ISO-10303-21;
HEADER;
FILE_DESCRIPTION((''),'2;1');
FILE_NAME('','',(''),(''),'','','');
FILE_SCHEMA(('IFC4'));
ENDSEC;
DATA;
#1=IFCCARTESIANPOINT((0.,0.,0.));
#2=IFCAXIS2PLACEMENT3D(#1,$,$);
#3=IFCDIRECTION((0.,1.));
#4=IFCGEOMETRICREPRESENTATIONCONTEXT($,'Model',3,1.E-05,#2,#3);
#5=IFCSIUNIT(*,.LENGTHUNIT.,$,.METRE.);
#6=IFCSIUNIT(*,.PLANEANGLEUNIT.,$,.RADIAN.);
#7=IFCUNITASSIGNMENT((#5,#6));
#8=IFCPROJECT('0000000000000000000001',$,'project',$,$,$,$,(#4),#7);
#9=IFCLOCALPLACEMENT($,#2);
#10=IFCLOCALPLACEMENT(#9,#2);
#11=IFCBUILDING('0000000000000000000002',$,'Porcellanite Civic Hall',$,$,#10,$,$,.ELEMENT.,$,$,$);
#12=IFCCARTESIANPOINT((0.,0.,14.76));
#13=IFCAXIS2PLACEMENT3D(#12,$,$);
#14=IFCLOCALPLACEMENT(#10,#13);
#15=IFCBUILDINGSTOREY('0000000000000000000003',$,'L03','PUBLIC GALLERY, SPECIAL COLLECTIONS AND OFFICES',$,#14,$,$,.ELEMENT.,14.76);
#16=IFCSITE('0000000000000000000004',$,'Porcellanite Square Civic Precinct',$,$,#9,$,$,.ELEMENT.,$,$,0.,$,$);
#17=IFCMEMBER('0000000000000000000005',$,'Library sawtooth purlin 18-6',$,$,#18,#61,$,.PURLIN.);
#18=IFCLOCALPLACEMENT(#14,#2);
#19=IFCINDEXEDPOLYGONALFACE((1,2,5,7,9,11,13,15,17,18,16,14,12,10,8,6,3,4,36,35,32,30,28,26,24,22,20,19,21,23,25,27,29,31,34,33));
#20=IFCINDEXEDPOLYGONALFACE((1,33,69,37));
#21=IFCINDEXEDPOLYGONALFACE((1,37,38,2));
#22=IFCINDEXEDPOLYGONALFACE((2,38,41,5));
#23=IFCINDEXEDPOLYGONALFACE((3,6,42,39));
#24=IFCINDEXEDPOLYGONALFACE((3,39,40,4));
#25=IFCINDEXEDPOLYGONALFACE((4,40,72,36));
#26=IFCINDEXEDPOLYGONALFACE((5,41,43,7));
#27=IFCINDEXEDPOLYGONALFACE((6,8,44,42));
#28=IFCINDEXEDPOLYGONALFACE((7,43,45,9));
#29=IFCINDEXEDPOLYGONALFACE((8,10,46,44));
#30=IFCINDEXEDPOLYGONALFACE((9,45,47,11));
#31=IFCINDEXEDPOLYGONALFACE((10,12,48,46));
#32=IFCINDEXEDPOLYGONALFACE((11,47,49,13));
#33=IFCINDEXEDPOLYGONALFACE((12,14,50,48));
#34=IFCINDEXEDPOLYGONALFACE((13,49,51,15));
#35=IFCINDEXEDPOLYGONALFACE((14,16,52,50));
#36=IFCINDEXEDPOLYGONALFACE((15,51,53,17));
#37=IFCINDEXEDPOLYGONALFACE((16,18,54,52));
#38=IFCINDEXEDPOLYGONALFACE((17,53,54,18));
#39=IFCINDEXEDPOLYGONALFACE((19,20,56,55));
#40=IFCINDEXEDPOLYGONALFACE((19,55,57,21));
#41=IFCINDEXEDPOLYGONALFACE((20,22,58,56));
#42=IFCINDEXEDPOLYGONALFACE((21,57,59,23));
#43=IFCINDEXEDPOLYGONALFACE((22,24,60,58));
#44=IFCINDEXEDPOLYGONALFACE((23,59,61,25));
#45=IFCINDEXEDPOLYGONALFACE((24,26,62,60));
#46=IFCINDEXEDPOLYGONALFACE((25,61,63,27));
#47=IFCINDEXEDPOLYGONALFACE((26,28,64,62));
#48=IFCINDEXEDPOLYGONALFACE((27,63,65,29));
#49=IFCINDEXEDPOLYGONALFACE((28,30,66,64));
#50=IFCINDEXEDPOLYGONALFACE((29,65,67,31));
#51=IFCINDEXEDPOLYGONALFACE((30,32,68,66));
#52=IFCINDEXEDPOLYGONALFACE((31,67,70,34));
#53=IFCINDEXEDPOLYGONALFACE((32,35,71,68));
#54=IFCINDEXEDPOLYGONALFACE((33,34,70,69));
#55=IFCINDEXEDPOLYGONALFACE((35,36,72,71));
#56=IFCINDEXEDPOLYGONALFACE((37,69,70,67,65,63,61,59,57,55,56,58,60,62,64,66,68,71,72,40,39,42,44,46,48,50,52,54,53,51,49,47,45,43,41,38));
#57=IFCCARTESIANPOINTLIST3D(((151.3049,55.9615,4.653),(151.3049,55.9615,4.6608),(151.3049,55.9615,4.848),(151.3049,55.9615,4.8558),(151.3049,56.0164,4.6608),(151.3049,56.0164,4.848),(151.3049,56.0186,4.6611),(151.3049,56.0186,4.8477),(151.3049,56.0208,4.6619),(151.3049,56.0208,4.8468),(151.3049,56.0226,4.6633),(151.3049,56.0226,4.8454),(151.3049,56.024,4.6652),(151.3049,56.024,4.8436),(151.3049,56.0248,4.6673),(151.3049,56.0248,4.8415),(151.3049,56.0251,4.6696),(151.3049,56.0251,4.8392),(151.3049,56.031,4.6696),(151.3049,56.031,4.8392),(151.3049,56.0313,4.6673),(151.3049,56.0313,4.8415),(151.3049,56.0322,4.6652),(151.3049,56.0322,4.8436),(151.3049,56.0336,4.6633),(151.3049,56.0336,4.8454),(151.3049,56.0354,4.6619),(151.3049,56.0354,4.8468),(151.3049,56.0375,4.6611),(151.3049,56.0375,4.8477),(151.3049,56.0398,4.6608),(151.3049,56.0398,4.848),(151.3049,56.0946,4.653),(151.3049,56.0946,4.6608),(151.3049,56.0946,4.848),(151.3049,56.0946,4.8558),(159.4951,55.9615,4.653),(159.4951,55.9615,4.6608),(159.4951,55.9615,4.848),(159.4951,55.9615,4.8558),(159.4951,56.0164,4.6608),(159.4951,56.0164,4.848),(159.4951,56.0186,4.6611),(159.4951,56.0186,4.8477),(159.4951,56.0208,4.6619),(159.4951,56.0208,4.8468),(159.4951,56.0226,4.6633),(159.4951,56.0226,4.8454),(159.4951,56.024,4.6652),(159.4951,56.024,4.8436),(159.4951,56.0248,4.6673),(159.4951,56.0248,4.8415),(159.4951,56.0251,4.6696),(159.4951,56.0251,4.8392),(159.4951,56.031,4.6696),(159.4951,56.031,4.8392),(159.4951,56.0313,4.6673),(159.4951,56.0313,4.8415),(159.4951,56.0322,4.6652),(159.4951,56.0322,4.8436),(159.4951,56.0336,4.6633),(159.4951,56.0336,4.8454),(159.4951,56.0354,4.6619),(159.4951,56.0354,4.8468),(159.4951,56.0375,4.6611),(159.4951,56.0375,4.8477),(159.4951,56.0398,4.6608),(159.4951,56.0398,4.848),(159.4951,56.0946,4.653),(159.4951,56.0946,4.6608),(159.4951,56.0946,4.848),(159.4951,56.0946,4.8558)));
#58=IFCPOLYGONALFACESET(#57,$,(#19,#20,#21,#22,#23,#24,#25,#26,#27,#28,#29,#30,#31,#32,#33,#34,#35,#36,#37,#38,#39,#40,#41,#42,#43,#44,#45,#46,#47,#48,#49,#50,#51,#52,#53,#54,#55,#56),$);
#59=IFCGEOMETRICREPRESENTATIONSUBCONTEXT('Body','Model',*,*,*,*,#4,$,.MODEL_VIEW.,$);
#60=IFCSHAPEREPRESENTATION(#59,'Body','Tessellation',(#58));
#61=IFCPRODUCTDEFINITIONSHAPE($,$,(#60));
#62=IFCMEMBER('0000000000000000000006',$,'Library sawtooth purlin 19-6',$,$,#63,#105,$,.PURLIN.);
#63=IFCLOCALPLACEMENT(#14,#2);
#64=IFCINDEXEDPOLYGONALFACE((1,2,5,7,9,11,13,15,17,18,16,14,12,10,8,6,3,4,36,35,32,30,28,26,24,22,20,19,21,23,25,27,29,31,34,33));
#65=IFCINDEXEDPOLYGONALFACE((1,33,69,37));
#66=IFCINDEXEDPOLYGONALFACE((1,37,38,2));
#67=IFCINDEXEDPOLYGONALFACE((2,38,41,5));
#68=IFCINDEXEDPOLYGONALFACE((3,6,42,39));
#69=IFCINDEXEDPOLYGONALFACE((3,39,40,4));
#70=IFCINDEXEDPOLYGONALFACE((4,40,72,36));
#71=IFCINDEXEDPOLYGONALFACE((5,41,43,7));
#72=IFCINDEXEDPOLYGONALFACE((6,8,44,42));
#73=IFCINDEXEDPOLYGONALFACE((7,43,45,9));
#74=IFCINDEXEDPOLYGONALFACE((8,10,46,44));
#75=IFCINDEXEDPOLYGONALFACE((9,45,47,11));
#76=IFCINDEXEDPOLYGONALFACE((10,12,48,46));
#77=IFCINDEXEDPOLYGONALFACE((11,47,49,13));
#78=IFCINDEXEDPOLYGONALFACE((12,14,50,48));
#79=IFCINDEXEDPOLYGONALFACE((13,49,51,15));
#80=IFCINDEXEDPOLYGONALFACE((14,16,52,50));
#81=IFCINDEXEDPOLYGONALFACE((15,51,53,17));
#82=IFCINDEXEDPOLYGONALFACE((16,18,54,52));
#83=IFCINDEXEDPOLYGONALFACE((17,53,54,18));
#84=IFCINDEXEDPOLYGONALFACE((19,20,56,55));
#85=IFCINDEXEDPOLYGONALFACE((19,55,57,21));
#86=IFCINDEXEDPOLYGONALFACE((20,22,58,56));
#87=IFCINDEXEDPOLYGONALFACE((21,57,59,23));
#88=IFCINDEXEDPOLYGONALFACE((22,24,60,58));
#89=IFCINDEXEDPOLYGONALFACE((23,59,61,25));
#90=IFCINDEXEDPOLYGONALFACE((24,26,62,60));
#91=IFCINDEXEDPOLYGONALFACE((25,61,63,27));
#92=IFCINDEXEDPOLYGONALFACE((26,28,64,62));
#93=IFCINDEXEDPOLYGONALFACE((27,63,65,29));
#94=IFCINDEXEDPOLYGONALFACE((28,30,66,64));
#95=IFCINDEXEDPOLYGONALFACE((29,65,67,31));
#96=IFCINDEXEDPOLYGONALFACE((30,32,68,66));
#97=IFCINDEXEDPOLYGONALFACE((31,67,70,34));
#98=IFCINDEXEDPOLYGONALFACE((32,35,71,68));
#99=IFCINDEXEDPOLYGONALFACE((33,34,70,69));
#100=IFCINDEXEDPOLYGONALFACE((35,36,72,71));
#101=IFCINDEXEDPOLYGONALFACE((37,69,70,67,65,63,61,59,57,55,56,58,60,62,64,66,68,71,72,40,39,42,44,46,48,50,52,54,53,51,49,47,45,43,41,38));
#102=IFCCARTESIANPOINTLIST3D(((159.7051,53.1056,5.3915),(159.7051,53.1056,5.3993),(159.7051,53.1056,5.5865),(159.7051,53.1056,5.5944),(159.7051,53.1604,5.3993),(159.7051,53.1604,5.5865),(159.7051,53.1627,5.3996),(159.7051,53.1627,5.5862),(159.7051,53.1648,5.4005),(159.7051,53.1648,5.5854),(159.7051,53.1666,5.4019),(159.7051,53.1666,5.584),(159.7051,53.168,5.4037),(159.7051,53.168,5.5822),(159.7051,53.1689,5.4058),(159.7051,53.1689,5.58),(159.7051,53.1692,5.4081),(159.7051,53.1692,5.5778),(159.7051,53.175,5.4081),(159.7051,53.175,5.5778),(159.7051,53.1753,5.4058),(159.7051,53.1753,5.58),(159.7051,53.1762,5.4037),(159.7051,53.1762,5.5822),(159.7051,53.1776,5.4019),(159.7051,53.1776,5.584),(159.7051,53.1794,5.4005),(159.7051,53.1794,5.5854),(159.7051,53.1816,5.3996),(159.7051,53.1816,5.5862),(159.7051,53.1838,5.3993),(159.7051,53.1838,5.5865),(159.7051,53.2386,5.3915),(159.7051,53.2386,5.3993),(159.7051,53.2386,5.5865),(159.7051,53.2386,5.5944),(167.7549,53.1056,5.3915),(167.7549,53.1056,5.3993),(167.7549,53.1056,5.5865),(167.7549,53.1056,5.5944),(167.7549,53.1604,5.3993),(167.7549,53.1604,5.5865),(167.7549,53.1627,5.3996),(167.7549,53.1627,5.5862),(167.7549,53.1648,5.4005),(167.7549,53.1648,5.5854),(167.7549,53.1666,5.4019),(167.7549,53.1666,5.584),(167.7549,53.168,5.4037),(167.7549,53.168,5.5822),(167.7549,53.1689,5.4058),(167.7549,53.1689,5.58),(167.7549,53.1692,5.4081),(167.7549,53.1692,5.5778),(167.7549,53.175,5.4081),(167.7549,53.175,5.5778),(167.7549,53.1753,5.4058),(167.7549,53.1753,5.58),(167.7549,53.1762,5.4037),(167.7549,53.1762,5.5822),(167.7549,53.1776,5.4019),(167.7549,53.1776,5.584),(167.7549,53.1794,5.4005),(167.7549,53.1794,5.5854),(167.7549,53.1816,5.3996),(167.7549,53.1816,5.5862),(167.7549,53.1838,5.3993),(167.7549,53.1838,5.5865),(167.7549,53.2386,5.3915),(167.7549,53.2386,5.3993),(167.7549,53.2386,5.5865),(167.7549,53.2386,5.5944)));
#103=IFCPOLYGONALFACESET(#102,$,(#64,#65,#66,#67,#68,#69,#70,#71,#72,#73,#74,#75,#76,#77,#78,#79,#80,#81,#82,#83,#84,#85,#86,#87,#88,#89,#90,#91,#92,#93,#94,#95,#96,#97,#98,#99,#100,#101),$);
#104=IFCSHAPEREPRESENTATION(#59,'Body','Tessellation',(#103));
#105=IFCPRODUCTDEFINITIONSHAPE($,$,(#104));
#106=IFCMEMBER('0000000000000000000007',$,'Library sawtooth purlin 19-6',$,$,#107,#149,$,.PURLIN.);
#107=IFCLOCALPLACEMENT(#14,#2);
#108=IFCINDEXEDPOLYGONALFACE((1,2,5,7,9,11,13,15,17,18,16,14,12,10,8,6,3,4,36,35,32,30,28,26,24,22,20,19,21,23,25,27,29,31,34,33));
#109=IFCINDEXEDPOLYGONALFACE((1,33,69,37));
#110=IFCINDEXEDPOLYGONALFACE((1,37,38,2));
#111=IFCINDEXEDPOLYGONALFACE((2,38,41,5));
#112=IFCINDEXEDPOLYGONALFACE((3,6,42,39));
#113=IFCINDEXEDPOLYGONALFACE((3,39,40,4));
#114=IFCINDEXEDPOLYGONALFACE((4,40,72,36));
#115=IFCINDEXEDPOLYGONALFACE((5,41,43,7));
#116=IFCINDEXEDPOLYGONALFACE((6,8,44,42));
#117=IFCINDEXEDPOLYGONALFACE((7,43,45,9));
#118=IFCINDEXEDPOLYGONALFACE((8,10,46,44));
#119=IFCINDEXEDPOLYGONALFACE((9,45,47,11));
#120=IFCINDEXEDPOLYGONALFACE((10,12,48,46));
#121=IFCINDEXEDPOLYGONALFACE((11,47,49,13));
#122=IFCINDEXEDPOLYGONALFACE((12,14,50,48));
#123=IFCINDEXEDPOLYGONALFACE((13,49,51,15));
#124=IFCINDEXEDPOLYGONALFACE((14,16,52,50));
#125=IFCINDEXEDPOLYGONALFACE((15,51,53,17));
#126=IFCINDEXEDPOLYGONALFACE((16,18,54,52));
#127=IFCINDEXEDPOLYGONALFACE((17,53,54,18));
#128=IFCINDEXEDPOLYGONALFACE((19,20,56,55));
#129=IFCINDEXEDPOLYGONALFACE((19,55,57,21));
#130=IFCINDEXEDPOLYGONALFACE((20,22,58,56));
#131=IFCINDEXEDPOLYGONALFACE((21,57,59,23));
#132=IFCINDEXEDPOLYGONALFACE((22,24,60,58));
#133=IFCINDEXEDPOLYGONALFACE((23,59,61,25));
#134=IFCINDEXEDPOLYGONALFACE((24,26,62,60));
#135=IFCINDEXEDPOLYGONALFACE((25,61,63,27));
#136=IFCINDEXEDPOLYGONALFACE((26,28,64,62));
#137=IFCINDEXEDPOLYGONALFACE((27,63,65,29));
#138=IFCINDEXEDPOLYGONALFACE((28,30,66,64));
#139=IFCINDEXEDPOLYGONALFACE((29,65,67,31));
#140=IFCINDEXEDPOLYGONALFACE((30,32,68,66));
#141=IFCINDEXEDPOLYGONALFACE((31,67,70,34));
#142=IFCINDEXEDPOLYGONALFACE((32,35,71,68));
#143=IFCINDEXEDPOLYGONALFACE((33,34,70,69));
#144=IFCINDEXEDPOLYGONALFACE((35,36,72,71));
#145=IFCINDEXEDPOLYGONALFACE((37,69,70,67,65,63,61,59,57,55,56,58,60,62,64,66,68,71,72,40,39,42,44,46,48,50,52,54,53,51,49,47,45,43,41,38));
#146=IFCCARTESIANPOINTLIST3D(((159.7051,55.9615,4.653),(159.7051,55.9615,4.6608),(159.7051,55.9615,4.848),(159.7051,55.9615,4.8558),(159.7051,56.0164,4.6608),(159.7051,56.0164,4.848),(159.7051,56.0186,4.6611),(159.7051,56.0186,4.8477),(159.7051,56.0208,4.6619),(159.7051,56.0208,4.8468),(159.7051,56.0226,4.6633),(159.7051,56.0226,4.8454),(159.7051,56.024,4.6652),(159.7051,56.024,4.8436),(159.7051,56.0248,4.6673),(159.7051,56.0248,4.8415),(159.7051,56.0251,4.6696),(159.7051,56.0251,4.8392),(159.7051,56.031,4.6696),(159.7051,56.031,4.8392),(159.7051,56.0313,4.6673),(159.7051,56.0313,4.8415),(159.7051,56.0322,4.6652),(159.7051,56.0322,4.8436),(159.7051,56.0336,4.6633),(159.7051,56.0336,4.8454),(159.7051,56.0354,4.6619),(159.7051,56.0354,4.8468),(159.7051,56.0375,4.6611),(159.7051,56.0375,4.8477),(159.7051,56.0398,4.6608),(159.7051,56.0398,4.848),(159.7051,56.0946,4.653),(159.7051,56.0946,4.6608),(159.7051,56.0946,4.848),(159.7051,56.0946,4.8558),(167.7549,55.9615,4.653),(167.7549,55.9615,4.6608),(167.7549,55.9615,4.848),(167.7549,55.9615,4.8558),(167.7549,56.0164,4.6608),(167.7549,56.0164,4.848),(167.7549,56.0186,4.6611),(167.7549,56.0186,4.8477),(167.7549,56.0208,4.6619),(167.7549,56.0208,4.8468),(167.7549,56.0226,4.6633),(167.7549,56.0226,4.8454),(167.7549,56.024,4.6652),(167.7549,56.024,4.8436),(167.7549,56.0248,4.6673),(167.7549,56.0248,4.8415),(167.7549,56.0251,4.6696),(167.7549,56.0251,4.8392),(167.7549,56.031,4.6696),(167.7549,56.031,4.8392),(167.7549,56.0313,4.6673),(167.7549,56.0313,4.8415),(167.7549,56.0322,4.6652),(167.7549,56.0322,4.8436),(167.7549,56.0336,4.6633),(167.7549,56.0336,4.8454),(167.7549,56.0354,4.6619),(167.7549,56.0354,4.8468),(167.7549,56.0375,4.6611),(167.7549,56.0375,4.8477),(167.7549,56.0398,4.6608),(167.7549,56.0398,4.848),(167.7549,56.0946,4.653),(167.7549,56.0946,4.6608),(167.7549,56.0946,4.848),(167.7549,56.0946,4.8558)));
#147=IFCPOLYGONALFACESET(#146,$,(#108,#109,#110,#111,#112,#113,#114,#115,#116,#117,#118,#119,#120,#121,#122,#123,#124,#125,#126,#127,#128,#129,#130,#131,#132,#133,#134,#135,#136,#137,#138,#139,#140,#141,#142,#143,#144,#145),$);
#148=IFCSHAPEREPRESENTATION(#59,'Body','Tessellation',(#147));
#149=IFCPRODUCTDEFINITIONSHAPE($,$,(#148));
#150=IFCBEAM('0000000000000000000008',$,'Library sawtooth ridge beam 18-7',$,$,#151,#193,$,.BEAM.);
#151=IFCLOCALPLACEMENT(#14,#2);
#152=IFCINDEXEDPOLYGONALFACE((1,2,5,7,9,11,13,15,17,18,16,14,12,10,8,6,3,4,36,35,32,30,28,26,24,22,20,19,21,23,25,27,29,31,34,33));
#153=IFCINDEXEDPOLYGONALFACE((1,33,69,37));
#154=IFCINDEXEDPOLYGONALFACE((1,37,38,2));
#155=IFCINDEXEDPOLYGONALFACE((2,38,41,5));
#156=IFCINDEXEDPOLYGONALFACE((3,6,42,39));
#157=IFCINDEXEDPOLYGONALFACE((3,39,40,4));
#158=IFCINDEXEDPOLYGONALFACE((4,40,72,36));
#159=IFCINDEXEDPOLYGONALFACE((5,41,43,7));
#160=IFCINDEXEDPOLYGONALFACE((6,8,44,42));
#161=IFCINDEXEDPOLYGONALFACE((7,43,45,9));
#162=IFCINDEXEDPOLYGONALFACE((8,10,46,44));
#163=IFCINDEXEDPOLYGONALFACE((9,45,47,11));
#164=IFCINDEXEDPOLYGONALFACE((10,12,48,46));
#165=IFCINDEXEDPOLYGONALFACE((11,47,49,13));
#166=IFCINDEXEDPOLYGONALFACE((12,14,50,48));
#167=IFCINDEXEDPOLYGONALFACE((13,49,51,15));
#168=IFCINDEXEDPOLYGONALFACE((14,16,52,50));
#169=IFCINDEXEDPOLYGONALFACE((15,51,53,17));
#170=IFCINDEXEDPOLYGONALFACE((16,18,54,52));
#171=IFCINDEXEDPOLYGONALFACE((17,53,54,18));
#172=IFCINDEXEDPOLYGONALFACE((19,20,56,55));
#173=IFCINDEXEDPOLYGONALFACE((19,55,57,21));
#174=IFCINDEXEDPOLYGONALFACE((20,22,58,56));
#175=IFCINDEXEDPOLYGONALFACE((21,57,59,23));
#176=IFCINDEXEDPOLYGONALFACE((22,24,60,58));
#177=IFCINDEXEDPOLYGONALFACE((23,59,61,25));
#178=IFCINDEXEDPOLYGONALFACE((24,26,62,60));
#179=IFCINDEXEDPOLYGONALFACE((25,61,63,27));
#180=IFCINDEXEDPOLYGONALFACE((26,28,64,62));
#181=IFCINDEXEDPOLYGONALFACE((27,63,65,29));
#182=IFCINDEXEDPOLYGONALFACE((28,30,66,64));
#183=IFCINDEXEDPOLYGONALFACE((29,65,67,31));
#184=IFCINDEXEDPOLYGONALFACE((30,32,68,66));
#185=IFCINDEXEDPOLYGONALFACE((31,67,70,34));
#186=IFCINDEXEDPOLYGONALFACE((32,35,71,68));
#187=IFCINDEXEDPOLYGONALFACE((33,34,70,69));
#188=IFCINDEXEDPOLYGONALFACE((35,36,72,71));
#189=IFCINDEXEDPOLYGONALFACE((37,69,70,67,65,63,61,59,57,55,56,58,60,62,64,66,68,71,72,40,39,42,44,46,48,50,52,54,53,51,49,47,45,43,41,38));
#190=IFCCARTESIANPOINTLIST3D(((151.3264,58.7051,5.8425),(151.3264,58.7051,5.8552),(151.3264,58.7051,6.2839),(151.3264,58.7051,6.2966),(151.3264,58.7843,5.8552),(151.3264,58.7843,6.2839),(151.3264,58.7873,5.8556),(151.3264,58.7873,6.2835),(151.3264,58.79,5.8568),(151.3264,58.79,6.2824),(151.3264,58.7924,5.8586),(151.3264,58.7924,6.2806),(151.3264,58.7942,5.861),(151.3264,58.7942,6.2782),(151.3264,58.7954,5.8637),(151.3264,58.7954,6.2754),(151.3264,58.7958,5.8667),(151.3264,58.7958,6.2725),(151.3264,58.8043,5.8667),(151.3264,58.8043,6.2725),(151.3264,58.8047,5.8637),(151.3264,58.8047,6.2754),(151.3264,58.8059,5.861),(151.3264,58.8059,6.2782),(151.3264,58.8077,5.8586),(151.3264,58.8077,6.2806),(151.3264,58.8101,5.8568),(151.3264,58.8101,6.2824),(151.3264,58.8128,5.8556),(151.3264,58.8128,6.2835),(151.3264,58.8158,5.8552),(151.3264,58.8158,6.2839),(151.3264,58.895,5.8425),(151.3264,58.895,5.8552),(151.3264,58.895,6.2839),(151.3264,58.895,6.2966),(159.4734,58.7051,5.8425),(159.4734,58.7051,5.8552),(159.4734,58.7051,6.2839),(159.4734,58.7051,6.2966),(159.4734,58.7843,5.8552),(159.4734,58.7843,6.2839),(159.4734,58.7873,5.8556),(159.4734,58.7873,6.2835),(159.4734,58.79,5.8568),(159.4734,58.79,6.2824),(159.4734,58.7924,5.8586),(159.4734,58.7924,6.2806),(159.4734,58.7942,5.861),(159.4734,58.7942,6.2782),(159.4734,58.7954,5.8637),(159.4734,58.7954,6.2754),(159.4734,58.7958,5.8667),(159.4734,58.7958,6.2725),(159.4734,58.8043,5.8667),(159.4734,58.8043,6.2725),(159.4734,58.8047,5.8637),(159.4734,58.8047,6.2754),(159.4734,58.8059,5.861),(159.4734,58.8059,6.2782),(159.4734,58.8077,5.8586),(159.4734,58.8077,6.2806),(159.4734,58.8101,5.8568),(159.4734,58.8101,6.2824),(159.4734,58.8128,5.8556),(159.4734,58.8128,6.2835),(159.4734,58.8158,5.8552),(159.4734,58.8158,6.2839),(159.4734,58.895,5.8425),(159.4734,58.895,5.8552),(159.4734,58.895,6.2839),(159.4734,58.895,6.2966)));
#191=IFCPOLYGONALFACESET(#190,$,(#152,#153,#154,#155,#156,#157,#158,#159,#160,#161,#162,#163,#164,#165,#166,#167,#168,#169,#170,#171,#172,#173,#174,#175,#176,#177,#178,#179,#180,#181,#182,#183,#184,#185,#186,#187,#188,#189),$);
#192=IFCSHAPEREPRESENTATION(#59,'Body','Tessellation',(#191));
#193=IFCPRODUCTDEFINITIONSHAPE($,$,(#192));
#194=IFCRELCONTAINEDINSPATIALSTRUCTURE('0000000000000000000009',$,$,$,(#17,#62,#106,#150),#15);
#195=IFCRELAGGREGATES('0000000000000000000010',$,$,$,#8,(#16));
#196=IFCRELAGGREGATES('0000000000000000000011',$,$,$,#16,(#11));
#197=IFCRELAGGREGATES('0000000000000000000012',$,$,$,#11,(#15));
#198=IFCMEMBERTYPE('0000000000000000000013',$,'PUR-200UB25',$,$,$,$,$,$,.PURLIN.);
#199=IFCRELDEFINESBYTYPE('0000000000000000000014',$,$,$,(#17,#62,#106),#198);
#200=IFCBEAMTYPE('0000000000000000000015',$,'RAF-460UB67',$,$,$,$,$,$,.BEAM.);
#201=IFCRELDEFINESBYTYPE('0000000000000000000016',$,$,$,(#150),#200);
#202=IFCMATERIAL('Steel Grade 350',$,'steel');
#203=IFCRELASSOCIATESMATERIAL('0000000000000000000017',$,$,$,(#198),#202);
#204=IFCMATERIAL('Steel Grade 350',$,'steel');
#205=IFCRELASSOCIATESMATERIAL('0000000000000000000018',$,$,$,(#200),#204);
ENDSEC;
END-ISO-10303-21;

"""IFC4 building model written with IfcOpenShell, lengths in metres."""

from ifc_helpers import new_model, si_unit, direction, frame, origin, origin_2d, place, context, subcontext, project, spatial, i_section, extrude, material, material_profile, profile_set, type_object, element, save


model = new_model("IFC4")

# Units and contexts
model_context = context("Model", 3, precision=1e-05, world=origin(), true_north=direction((0.0, 1.0)))
body_context = subcontext(model_context, "Body", "Model", "MODEL_VIEW")
ifc_project = project(units=[si_unit("LENGTHUNIT", "METRE"), si_unit("PLANEANGLEUNIT", "RADIAN")], contexts=[model_context])

# Site, building, storey
site_placement = place(None, origin())
site = spatial("IfcSite", under=ifc_project, at=site_placement, Name="Porcellanite Square Civic Precinct", CompositionType="ELEMENT", RefElevation=0.0)
building_placement = place(site_placement, origin())
building = spatial("IfcBuilding", under=site, at=building_placement, Name="Porcellanite Civic Hall", CompositionType="ELEMENT")
storey_placement = place(building_placement, frame((0.0, 0.0, 14.76)))
storey = spatial("IfcBuildingStorey", under=building, at=storey_placement, Name="L03", Description="PUBLIC GALLERY, SPECIAL COLLECTIONS AND OFFICES", CompositionType="ELEMENT", Elevation=14.76)

# Members
ifc_material_1 = material(Name="Steel Grade 350", Category="steel")
ifc_material_profile_1 = material_profile(ifc_material_1, i_section(OverallWidth=0.1331, OverallDepth=0.2029, WebThickness=0.0059, FlangeThickness=0.0078, FilletRadius=0.0088, at=origin_2d()), Name="200UB25.4")
ifc_profile_set_1 = profile_set([ifc_material_profile_1], Name="Steel Grade 350")
member_type_1 = type_object("IfcMemberType", Name="PUR-200UB25", PredefinedType="PURLIN", material=ifc_profile_set_1)
for number, where, z_axis, x_axis, name in (
    (1, (151.3049, 56.0281, 4.7544), (1.0, 0.0, 0.0), (0.0, 1.0, 0.0), "Library sawtooth purlin 18-6"),
):
    element("IfcMember", number, at=place(storey_placement, frame(where, z_axis=z_axis, x_axis=x_axis)), inside=storey, type_object=member_type_1, Name=name, PredefinedType="PURLIN", context=body_context, shape_type="SweptSolid", body=[
        extrude(i_section(OverallWidth=0.1331, OverallDepth=0.2029, WebThickness=0.0059, FlangeThickness=0.0078, FilletRadius=0.0088, at=origin_2d()), origin(), (0.0, 0.0, 1.0), 8.1902),
    ])
for number, where, z_axis, x_axis, name in (
    (2, (159.7051, 53.1721, 5.4929), (1.0, 0.0, 0.0), (0.0, 1.0, 0.0), "Library sawtooth purlin 19-6"),
    (3, (159.7051, 56.0281, 4.7544), (1.0, 0.0, 0.0), (0.0, 1.0, 0.0), "Library sawtooth purlin 19-6"),
):
    element("IfcMember", number, at=place(storey_placement, frame(where, z_axis=z_axis, x_axis=x_axis)), inside=storey, type_object=member_type_1, Name=name, PredefinedType="PURLIN", context=body_context, shape_type="SweptSolid", body=[
        extrude(i_section(OverallWidth=0.1331, OverallDepth=0.2029, WebThickness=0.0059, FlangeThickness=0.0078, FilletRadius=0.0088, at=origin_2d()), origin(), (0.0, 0.0, 1.0), 8.0498),
    ])

# Beam
ifc_material_2 = material(Name="Steel Grade 350", Category="steel")
ifc_material_profile_2 = material_profile(ifc_material_2, i_section(OverallWidth=0.1899, OverallDepth=0.4541, WebThickness=0.0085, FlangeThickness=0.0127, FilletRadius=0.0115, at=origin_2d()), Name="460UB67.1")
ifc_profile_set_2 = profile_set([ifc_material_profile_2], Name="Steel Grade 350")
beam_type_1 = type_object("IfcBeamType", Name="RAF-460UB67", PredefinedType="BEAM", material=ifc_profile_set_2)
beam_1_placement = place(storey_placement, frame((151.3264, 58.8, 6.0696), z_axis=(1.0, 0.0, 0.0), x_axis=(0.0, 1.0, 0.0)))
element("IfcBeam", 4, at=beam_1_placement, inside=storey, type_object=beam_type_1, Name="Library sawtooth ridge beam 18-7", PredefinedType="BEAM", context=body_context, shape_type="SweptSolid", body=[
    extrude(i_section(OverallWidth=0.1899, OverallDepth=0.4541, WebThickness=0.0085, FlangeThickness=0.0127, FilletRadius=0.0115, at=origin_2d()), origin(), (0.0, 0.0, 1.0), 8.147),
])

save(model, "model.ifc")
